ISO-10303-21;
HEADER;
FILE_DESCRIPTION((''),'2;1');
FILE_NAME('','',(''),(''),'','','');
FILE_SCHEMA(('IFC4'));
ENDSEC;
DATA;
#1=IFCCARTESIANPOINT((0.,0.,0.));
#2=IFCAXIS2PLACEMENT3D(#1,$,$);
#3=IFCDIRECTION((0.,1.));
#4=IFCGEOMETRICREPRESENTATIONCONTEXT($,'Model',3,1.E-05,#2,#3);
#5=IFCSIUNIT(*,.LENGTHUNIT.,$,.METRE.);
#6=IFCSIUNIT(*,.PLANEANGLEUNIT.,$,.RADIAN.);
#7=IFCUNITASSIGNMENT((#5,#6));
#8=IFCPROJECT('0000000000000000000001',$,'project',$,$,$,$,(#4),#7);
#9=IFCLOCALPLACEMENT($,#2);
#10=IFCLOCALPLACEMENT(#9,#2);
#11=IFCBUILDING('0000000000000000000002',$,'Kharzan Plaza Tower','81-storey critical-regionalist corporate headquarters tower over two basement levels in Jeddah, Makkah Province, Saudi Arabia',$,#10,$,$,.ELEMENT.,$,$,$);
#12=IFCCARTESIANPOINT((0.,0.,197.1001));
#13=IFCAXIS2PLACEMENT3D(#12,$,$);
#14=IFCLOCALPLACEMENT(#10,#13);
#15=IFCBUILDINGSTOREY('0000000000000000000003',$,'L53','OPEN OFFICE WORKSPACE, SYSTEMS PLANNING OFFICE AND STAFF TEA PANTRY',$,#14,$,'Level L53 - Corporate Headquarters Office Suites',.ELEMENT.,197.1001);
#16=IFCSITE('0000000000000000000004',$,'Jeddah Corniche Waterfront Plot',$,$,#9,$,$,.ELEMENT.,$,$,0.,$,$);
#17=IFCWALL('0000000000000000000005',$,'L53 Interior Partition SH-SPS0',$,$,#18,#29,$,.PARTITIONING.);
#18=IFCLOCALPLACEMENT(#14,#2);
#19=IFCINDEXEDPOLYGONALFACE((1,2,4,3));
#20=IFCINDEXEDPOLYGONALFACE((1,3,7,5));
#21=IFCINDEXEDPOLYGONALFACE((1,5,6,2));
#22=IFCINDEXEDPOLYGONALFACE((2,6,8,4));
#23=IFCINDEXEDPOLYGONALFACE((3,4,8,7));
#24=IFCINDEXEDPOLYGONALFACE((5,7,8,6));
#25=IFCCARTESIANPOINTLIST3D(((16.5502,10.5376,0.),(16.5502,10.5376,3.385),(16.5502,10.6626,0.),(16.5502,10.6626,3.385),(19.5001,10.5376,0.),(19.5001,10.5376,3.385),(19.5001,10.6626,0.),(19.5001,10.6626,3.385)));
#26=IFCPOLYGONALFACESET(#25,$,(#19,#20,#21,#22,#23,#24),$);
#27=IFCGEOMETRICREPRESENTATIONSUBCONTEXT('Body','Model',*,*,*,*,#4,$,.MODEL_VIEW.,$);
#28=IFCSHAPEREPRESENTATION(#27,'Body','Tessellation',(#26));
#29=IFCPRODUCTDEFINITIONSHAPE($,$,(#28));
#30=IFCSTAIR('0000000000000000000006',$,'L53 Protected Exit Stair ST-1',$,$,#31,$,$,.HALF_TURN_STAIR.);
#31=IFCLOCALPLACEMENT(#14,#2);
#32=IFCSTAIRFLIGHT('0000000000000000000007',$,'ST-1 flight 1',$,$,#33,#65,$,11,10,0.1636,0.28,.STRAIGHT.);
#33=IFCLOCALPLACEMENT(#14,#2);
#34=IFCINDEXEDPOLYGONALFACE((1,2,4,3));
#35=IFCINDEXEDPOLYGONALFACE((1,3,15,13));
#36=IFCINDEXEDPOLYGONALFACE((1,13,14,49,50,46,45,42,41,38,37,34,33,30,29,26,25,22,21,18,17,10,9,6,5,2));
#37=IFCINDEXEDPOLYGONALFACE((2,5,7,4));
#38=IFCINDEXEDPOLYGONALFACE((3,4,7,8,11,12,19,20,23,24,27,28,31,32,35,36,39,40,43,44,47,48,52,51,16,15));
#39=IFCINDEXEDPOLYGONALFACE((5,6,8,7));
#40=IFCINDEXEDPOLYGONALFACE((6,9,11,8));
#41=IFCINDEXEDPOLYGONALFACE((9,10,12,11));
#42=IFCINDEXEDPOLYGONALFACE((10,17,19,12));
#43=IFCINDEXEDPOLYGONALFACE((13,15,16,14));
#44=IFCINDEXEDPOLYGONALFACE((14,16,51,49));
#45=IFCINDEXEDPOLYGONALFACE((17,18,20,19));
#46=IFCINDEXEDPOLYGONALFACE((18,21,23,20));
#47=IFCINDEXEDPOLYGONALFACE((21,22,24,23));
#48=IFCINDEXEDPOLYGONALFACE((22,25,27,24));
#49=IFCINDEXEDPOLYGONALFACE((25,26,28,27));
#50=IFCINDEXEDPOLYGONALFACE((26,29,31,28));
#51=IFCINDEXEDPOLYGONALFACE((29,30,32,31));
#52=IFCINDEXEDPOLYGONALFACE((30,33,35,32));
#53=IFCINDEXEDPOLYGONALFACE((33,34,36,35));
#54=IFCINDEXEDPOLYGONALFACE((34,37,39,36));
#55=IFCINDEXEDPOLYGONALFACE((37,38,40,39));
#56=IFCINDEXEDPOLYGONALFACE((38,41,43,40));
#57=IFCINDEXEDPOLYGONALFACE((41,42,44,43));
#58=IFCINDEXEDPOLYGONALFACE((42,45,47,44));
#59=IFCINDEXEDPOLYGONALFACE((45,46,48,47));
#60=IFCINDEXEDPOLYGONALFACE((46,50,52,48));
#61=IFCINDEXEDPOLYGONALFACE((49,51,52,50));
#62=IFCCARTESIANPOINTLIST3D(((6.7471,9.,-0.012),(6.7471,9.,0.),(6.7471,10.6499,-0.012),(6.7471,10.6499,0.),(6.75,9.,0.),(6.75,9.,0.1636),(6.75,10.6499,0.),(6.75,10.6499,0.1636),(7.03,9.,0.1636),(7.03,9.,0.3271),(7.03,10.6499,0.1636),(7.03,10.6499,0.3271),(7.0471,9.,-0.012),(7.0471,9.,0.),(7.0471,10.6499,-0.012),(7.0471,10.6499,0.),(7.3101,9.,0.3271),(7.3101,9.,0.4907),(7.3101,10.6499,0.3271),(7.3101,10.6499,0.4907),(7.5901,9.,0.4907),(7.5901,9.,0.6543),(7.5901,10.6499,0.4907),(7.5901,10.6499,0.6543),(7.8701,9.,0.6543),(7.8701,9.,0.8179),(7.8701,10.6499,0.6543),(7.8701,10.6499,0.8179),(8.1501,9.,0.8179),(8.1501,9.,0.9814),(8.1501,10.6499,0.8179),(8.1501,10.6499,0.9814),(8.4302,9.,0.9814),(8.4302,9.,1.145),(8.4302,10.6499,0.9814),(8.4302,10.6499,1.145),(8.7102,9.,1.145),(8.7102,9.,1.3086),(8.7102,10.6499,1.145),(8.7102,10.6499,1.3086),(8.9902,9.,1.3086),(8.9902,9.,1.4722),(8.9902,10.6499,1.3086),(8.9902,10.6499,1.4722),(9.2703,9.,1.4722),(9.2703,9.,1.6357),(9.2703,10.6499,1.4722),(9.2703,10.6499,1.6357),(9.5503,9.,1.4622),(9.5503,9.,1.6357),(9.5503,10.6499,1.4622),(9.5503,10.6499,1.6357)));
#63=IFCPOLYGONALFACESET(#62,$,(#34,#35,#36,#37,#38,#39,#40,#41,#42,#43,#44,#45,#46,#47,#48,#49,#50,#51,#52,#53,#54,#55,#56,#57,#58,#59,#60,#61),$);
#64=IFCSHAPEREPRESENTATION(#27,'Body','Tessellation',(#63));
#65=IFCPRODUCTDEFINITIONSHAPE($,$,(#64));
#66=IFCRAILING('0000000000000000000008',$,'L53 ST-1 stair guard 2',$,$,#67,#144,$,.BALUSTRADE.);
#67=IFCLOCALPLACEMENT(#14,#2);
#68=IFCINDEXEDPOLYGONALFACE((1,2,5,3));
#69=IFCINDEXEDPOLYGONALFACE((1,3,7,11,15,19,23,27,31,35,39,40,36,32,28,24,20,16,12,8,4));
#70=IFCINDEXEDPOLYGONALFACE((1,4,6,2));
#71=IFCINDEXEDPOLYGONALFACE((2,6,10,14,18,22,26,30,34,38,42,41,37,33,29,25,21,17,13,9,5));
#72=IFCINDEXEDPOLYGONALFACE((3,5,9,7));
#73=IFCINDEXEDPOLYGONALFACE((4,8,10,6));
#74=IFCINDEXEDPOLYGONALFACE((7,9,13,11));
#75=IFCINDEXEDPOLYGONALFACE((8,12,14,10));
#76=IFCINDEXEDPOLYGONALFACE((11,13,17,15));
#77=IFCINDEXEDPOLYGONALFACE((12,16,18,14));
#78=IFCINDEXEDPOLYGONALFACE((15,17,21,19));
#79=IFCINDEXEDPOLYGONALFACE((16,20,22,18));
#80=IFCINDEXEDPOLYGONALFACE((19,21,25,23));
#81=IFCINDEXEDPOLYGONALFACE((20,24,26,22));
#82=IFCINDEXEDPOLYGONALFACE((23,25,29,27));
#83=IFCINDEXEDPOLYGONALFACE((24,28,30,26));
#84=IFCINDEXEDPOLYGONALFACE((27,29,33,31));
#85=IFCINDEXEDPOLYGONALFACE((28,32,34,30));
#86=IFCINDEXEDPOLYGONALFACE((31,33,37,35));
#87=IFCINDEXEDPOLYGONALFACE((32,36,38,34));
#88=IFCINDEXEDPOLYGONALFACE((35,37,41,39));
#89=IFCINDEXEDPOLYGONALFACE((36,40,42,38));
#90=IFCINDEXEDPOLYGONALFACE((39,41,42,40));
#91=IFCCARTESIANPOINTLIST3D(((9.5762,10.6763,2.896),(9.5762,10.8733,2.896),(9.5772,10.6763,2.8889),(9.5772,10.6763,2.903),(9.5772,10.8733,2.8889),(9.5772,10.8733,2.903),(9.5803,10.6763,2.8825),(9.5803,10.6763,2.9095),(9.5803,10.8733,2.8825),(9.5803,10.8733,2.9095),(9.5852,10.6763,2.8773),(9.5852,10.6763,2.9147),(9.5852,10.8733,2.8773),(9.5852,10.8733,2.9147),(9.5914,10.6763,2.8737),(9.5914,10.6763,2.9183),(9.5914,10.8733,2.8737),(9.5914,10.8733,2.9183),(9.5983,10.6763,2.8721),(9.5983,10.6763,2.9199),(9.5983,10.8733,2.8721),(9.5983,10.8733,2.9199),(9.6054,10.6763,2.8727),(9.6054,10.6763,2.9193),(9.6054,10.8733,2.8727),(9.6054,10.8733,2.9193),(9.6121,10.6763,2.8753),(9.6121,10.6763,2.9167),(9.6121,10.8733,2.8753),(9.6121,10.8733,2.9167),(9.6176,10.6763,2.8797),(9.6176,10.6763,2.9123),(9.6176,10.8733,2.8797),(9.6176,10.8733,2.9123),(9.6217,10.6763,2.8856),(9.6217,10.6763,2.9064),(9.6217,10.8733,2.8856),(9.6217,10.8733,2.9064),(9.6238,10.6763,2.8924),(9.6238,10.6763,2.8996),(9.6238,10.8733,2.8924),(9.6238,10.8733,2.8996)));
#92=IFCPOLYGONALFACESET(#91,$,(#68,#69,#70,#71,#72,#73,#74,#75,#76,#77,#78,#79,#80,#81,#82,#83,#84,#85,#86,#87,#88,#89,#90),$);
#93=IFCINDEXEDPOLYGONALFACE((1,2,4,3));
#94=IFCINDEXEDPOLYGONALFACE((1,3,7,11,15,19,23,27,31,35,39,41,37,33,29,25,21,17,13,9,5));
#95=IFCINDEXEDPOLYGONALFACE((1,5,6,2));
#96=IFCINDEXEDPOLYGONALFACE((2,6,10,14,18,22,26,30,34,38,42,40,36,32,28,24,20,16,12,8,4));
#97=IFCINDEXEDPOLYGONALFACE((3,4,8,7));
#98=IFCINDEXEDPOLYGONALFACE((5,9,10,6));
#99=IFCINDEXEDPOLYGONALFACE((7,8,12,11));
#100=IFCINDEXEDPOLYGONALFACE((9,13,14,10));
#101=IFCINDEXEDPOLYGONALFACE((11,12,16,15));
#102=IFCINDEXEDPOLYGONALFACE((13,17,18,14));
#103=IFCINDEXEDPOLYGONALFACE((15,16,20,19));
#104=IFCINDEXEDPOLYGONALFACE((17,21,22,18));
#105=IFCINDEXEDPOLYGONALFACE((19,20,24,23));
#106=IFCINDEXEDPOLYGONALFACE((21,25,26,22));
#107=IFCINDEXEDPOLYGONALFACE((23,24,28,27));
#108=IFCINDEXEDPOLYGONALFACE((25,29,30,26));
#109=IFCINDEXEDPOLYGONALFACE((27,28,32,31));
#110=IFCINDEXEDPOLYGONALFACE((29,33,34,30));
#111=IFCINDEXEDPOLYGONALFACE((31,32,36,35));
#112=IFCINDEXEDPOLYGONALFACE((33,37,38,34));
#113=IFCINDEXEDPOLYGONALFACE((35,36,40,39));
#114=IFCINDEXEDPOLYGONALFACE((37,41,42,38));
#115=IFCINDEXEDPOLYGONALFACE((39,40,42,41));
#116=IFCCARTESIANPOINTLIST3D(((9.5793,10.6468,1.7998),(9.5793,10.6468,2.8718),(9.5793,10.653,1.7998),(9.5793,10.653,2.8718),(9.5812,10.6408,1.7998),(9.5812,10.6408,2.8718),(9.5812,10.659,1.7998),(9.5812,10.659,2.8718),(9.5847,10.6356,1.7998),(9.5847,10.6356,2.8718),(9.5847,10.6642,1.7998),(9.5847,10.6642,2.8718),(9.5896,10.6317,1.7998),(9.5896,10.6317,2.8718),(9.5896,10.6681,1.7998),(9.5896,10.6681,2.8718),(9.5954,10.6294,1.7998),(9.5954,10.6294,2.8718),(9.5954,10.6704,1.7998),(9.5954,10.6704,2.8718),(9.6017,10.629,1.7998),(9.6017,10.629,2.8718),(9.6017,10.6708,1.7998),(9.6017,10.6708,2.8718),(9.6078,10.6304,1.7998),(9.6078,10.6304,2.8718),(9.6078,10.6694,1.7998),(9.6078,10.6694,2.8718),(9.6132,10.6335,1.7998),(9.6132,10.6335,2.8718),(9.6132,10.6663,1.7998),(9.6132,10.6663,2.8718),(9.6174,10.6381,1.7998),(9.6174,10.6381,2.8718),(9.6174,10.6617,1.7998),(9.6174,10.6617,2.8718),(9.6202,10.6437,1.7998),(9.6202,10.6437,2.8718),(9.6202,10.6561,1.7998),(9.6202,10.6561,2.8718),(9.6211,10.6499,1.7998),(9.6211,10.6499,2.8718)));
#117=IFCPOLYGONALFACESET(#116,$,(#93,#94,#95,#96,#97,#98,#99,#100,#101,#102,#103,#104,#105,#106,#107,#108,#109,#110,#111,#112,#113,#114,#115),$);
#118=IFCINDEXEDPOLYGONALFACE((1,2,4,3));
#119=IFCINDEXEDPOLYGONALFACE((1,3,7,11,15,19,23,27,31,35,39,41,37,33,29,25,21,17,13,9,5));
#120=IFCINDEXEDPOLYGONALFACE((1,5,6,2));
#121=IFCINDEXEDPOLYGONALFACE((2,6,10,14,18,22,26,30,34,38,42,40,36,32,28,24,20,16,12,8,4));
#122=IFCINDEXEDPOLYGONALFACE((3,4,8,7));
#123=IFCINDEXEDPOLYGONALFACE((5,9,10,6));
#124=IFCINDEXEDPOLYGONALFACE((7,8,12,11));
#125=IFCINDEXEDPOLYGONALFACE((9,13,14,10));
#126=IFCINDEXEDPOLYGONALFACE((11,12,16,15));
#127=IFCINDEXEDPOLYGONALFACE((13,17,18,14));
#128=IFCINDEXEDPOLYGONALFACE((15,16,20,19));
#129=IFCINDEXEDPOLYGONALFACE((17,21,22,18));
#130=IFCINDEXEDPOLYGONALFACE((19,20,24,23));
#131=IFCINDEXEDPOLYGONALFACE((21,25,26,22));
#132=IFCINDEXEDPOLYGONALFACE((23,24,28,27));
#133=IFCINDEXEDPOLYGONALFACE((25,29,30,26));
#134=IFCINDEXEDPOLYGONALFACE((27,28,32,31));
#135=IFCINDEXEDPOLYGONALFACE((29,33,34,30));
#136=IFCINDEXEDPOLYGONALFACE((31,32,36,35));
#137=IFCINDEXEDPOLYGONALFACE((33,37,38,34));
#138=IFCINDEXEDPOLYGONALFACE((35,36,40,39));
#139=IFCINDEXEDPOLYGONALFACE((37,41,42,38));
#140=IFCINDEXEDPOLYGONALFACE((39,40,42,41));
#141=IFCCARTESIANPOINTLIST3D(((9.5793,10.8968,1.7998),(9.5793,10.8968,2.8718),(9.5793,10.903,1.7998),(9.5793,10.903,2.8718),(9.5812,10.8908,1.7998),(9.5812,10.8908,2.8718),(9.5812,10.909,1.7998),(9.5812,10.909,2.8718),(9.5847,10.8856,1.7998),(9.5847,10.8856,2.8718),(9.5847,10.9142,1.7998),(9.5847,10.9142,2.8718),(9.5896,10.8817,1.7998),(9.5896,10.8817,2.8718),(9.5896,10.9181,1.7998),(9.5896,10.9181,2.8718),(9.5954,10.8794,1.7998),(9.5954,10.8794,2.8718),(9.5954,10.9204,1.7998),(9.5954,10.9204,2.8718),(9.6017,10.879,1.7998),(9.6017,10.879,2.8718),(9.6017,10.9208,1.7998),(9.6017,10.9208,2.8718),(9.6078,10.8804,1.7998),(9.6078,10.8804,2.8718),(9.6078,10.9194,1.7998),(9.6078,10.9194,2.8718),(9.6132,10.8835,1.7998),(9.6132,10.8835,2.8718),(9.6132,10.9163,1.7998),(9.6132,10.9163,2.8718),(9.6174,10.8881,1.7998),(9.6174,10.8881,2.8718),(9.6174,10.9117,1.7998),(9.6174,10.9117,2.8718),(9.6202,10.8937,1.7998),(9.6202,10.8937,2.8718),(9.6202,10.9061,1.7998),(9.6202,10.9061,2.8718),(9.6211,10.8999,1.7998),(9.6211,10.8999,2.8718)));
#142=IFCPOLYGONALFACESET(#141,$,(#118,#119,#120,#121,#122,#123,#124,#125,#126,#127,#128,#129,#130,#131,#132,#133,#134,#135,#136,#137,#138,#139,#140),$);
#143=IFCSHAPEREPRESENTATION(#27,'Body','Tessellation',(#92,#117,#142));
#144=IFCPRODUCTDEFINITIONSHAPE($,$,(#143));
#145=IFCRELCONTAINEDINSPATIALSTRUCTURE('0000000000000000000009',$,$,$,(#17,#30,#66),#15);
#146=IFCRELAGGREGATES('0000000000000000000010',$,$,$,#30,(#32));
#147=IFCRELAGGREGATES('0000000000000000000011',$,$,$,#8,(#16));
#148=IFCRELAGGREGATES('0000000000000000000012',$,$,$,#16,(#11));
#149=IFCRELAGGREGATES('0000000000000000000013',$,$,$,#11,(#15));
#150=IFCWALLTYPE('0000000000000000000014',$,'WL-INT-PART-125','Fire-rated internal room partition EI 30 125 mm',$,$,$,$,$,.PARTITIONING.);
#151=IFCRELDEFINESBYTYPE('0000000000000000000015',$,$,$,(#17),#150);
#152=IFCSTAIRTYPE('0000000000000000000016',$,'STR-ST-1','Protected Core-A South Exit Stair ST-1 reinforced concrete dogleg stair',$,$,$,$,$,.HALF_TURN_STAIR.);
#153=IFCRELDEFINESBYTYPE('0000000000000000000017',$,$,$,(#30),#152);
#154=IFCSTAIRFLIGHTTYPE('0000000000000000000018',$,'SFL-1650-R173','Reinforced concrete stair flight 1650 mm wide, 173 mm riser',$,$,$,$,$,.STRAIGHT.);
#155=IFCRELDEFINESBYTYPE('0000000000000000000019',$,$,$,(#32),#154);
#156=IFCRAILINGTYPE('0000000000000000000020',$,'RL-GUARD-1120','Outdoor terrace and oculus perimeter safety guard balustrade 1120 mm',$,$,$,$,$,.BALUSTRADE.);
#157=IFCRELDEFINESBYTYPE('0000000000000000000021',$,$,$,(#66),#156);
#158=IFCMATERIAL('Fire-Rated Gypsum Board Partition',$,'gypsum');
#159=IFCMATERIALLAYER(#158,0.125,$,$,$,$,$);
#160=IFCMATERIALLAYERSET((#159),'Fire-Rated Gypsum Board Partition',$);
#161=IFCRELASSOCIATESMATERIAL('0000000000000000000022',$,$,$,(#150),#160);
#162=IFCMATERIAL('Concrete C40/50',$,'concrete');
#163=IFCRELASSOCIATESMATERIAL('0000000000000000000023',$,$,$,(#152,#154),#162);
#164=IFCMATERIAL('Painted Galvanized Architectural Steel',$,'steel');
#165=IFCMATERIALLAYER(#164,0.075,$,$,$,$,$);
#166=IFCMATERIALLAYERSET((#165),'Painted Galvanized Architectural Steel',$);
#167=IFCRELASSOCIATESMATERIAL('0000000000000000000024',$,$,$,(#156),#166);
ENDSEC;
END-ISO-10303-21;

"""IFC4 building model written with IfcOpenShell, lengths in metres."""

from ifc_helpers import new_model, si_unit, direction, frame, frame_2d, origin, origin_2d, place, context, subcontext, project, spatial, polyline, rectangle, circle, outline, extrude, source, transform, mapped, material, layer, layer_set, type_object, element, aggregate, save


model = new_model("IFC4")

# Units and contexts
model_context = context("Model", 3, precision=1e-05, world=origin(), true_north=direction((0.0, 1.0)))
body_context = subcontext(model_context, "Body", "Model", "MODEL_VIEW")
ifc_project = project(units=[si_unit("LENGTHUNIT", "METRE"), si_unit("PLANEANGLEUNIT", "RADIAN")], contexts=[model_context])

# Site, building, storey
site_placement = place(None, origin())
site = spatial("IfcSite", under=ifc_project, at=site_placement, Name="Jeddah Corniche Waterfront Plot", CompositionType="ELEMENT", RefElevation=0.0)
building_placement = place(site_placement, origin())
building = spatial("IfcBuilding", under=site, at=building_placement, Name="Kharzan Plaza Tower", Description="81-storey critical-regionalist corporate headquarters tower over two basement levels in Jeddah, Makkah Province, Saudi Arabia", CompositionType="ELEMENT")
storey_placement = place(building_placement, frame((0.0, 0.0, 197.1001)))
storey = spatial("IfcBuildingStorey", under=building, at=storey_placement, Name="L53", Description="OPEN OFFICE WORKSPACE, SYSTEMS PLANNING OFFICE AND STAFF TEA PANTRY", LongName="Level L53 - Corporate Headquarters Office Suites", CompositionType="ELEMENT", Elevation=197.1001)

# Shared definitions
ifc_material_1 = material(Name="Concrete C40/50", Category="concrete")

# Shared definitions
ifc_material_2 = material(Name="Fire-Rated Gypsum Board Partition", Category="gypsum")
ifc_layer_1 = layer(ifc_material_2, 0.125)
ifc_layer_set_1 = layer_set([ifc_layer_1], Name="Fire-Rated Gypsum Board Partition")
wall_type_1 = type_object("IfcWallType", Name="WL-INT-PART-125", Description="Fire-rated internal room partition EI 30 125 mm", PredefinedType="PARTITIONING", material=ifc_layer_set_1)

# Wall
shared_shape_1 = source(origin(), body_context, "Body", "SweptSolid", [
    extrude(rectangle(XDim=2.95, YDim=0.125, at=frame_2d((1.4751, 0.0))), origin(), (0.0, 0.0, 1.0), 3.385),
])
wall_1_placement = place(storey_placement, frame((16.55, 10.6001, 0.0), z_axis=(0.0, 0.0, 1.0), x_axis=(1.0, 0.0, 0.0)))
element("IfcWall", 1, at=wall_1_placement, inside=storey, type_object=wall_type_1, Name="L53 Interior Partition SH-SPS0", PredefinedType="PARTITIONING", context=body_context, shape_type="MappedRepresentation", body=[
    mapped(shared_shape_1, transform((0.0, 0.0, 0.0), x_axis=(1.0, 0.0, 0.0), y_axis=(0.0, 1.0, 0.0), z_axis=(0.0, 0.0, 1.0))),
])

# Stair, stair flight
stair_type = type_object("IfcStairType", Name="STR-ST-1", Description="Protected Core-A South Exit Stair ST-1 reinforced concrete dogleg stair", PredefinedType="HALF_TURN_STAIR", material=ifc_material_1)
stair_placement = place(storey_placement, origin())
stair = element("IfcStair", 2, at=stair_placement, inside=storey, type_object=stair_type, Name="L53 Protected Exit Stair ST-1", PredefinedType="HALF_TURN_STAIR")
stair_flight_type = type_object("IfcStairFlightType", Name="SFL-1650-R173", Description="Reinforced concrete stair flight 1650 mm wide, 173 mm riser", PredefinedType="STRAIGHT", material=ifc_material_1)
shared_shape_2 = source(origin(), body_context, "Body", "SweptSolid", [
    extrude(outline(polyline([(-0.0029, -0.012), (-0.0029, 0.0), (0.0, 0.0), (0.0, 0.1636), (0.28, 0.1636), (0.28, 0.3271), (0.5601, 0.3271), (0.5601, 0.4907), (0.8401, 0.4907), (0.8401, 0.6543), (1.1201, 0.6543), (1.1201, 0.8179), (1.4001, 0.8179), (1.4001, 0.9814), (1.6802, 0.9814), (1.6802, 1.145), (1.9602, 1.145), (1.9602, 1.3086), (2.2402, 1.3086), (2.2402, 1.4722), (2.5203, 1.4722), (2.5203, 1.6357), (2.8003, 1.6357), (2.8003, 1.7993), (2.8003, 1.4622), (0.2971, 0.0), (0.2971, -0.012), (-0.0029, -0.012)])), frame((0.0, 0.825, 0.0), z_axis=(0.0, -1.0, 0.0), x_axis=(1.0, 0.0, 0.0)), (0.0, 0.0, 1.0), 1.6499),
])
stair_flight_placement = place(storey_placement, frame((6.75, 9.825, 0.0), z_axis=(0.0, 0.0, 1.0), x_axis=(1.0, 0.0, 0.0)))
stair_flight = element("IfcStairFlight", 3, at=stair_flight_placement, type_object=stair_flight_type, Name="ST-1 flight 1", NumberOfRisers=11, NumberOfTreads=10, PredefinedType="STRAIGHT", RiserHeight=0.1636, TreadLength=0.28, context=body_context, shape_type="MappedRepresentation", body=[
    mapped(shared_shape_2, transform((0.0, 0.0, 0.0), x_axis=(1.0, 0.0, 0.0), y_axis=(0.0, 1.0, 0.0), z_axis=(0.0, 0.0, 1.0))),
])
aggregate(stair, [stair_flight])

# Railing
ifc_material_3 = material(Name="Painted Galvanized Architectural Steel", Category="steel")
ifc_layer_2 = layer(ifc_material_3, 0.075)
ifc_layer_set_2 = layer_set([ifc_layer_2], Name="Painted Galvanized Architectural Steel")
railing_type_1 = type_object("IfcRailingType", Name="RL-GUARD-1120", Description="Outdoor terrace and oculus perimeter safety guard balustrade 1120 mm", PredefinedType="BALUSTRADE", material=ifc_layer_set_2)
shared_shape_3 = source(origin(), body_context, "Body", "SweptSolid", [
    extrude(circle(Radius=0.0239, at=origin_2d()), frame((0.0, 0.0264, 1.0962), z_axis=(0.0, 1.0, 0.0), x_axis=(-1.0, 0.0, 0.0)), (0.0, 0.0, 1.0), 0.197),
    extrude(circle(Radius=0.021, at=origin_2d()), origin(), (0.0, 0.0, 1.0), 1.072),
    extrude(circle(Radius=0.021, at=origin_2d()), frame((0.0, 0.25, 0.0)), (0.0, 0.0, 1.0), 1.072),
])
for number, where, name in (
    (4, (9.6001, 10.6499, 1.7998), "L53 ST-1 stair guard 2"),
):
    element("IfcRailing", number, at=place(storey_placement, frame(where)), inside=storey, type_object=railing_type_1, Name=name, PredefinedType="BALUSTRADE", context=body_context, shape_type="MappedRepresentation", body=[
        mapped(shared_shape_3, transform((0.0, 0.0, 0.0), x_axis=(1.0, 0.0, 0.0), y_axis=(0.0, 1.0, 0.0), z_axis=(0.0, 0.0, 1.0))),
    ])

save(model, "model.ifc")
